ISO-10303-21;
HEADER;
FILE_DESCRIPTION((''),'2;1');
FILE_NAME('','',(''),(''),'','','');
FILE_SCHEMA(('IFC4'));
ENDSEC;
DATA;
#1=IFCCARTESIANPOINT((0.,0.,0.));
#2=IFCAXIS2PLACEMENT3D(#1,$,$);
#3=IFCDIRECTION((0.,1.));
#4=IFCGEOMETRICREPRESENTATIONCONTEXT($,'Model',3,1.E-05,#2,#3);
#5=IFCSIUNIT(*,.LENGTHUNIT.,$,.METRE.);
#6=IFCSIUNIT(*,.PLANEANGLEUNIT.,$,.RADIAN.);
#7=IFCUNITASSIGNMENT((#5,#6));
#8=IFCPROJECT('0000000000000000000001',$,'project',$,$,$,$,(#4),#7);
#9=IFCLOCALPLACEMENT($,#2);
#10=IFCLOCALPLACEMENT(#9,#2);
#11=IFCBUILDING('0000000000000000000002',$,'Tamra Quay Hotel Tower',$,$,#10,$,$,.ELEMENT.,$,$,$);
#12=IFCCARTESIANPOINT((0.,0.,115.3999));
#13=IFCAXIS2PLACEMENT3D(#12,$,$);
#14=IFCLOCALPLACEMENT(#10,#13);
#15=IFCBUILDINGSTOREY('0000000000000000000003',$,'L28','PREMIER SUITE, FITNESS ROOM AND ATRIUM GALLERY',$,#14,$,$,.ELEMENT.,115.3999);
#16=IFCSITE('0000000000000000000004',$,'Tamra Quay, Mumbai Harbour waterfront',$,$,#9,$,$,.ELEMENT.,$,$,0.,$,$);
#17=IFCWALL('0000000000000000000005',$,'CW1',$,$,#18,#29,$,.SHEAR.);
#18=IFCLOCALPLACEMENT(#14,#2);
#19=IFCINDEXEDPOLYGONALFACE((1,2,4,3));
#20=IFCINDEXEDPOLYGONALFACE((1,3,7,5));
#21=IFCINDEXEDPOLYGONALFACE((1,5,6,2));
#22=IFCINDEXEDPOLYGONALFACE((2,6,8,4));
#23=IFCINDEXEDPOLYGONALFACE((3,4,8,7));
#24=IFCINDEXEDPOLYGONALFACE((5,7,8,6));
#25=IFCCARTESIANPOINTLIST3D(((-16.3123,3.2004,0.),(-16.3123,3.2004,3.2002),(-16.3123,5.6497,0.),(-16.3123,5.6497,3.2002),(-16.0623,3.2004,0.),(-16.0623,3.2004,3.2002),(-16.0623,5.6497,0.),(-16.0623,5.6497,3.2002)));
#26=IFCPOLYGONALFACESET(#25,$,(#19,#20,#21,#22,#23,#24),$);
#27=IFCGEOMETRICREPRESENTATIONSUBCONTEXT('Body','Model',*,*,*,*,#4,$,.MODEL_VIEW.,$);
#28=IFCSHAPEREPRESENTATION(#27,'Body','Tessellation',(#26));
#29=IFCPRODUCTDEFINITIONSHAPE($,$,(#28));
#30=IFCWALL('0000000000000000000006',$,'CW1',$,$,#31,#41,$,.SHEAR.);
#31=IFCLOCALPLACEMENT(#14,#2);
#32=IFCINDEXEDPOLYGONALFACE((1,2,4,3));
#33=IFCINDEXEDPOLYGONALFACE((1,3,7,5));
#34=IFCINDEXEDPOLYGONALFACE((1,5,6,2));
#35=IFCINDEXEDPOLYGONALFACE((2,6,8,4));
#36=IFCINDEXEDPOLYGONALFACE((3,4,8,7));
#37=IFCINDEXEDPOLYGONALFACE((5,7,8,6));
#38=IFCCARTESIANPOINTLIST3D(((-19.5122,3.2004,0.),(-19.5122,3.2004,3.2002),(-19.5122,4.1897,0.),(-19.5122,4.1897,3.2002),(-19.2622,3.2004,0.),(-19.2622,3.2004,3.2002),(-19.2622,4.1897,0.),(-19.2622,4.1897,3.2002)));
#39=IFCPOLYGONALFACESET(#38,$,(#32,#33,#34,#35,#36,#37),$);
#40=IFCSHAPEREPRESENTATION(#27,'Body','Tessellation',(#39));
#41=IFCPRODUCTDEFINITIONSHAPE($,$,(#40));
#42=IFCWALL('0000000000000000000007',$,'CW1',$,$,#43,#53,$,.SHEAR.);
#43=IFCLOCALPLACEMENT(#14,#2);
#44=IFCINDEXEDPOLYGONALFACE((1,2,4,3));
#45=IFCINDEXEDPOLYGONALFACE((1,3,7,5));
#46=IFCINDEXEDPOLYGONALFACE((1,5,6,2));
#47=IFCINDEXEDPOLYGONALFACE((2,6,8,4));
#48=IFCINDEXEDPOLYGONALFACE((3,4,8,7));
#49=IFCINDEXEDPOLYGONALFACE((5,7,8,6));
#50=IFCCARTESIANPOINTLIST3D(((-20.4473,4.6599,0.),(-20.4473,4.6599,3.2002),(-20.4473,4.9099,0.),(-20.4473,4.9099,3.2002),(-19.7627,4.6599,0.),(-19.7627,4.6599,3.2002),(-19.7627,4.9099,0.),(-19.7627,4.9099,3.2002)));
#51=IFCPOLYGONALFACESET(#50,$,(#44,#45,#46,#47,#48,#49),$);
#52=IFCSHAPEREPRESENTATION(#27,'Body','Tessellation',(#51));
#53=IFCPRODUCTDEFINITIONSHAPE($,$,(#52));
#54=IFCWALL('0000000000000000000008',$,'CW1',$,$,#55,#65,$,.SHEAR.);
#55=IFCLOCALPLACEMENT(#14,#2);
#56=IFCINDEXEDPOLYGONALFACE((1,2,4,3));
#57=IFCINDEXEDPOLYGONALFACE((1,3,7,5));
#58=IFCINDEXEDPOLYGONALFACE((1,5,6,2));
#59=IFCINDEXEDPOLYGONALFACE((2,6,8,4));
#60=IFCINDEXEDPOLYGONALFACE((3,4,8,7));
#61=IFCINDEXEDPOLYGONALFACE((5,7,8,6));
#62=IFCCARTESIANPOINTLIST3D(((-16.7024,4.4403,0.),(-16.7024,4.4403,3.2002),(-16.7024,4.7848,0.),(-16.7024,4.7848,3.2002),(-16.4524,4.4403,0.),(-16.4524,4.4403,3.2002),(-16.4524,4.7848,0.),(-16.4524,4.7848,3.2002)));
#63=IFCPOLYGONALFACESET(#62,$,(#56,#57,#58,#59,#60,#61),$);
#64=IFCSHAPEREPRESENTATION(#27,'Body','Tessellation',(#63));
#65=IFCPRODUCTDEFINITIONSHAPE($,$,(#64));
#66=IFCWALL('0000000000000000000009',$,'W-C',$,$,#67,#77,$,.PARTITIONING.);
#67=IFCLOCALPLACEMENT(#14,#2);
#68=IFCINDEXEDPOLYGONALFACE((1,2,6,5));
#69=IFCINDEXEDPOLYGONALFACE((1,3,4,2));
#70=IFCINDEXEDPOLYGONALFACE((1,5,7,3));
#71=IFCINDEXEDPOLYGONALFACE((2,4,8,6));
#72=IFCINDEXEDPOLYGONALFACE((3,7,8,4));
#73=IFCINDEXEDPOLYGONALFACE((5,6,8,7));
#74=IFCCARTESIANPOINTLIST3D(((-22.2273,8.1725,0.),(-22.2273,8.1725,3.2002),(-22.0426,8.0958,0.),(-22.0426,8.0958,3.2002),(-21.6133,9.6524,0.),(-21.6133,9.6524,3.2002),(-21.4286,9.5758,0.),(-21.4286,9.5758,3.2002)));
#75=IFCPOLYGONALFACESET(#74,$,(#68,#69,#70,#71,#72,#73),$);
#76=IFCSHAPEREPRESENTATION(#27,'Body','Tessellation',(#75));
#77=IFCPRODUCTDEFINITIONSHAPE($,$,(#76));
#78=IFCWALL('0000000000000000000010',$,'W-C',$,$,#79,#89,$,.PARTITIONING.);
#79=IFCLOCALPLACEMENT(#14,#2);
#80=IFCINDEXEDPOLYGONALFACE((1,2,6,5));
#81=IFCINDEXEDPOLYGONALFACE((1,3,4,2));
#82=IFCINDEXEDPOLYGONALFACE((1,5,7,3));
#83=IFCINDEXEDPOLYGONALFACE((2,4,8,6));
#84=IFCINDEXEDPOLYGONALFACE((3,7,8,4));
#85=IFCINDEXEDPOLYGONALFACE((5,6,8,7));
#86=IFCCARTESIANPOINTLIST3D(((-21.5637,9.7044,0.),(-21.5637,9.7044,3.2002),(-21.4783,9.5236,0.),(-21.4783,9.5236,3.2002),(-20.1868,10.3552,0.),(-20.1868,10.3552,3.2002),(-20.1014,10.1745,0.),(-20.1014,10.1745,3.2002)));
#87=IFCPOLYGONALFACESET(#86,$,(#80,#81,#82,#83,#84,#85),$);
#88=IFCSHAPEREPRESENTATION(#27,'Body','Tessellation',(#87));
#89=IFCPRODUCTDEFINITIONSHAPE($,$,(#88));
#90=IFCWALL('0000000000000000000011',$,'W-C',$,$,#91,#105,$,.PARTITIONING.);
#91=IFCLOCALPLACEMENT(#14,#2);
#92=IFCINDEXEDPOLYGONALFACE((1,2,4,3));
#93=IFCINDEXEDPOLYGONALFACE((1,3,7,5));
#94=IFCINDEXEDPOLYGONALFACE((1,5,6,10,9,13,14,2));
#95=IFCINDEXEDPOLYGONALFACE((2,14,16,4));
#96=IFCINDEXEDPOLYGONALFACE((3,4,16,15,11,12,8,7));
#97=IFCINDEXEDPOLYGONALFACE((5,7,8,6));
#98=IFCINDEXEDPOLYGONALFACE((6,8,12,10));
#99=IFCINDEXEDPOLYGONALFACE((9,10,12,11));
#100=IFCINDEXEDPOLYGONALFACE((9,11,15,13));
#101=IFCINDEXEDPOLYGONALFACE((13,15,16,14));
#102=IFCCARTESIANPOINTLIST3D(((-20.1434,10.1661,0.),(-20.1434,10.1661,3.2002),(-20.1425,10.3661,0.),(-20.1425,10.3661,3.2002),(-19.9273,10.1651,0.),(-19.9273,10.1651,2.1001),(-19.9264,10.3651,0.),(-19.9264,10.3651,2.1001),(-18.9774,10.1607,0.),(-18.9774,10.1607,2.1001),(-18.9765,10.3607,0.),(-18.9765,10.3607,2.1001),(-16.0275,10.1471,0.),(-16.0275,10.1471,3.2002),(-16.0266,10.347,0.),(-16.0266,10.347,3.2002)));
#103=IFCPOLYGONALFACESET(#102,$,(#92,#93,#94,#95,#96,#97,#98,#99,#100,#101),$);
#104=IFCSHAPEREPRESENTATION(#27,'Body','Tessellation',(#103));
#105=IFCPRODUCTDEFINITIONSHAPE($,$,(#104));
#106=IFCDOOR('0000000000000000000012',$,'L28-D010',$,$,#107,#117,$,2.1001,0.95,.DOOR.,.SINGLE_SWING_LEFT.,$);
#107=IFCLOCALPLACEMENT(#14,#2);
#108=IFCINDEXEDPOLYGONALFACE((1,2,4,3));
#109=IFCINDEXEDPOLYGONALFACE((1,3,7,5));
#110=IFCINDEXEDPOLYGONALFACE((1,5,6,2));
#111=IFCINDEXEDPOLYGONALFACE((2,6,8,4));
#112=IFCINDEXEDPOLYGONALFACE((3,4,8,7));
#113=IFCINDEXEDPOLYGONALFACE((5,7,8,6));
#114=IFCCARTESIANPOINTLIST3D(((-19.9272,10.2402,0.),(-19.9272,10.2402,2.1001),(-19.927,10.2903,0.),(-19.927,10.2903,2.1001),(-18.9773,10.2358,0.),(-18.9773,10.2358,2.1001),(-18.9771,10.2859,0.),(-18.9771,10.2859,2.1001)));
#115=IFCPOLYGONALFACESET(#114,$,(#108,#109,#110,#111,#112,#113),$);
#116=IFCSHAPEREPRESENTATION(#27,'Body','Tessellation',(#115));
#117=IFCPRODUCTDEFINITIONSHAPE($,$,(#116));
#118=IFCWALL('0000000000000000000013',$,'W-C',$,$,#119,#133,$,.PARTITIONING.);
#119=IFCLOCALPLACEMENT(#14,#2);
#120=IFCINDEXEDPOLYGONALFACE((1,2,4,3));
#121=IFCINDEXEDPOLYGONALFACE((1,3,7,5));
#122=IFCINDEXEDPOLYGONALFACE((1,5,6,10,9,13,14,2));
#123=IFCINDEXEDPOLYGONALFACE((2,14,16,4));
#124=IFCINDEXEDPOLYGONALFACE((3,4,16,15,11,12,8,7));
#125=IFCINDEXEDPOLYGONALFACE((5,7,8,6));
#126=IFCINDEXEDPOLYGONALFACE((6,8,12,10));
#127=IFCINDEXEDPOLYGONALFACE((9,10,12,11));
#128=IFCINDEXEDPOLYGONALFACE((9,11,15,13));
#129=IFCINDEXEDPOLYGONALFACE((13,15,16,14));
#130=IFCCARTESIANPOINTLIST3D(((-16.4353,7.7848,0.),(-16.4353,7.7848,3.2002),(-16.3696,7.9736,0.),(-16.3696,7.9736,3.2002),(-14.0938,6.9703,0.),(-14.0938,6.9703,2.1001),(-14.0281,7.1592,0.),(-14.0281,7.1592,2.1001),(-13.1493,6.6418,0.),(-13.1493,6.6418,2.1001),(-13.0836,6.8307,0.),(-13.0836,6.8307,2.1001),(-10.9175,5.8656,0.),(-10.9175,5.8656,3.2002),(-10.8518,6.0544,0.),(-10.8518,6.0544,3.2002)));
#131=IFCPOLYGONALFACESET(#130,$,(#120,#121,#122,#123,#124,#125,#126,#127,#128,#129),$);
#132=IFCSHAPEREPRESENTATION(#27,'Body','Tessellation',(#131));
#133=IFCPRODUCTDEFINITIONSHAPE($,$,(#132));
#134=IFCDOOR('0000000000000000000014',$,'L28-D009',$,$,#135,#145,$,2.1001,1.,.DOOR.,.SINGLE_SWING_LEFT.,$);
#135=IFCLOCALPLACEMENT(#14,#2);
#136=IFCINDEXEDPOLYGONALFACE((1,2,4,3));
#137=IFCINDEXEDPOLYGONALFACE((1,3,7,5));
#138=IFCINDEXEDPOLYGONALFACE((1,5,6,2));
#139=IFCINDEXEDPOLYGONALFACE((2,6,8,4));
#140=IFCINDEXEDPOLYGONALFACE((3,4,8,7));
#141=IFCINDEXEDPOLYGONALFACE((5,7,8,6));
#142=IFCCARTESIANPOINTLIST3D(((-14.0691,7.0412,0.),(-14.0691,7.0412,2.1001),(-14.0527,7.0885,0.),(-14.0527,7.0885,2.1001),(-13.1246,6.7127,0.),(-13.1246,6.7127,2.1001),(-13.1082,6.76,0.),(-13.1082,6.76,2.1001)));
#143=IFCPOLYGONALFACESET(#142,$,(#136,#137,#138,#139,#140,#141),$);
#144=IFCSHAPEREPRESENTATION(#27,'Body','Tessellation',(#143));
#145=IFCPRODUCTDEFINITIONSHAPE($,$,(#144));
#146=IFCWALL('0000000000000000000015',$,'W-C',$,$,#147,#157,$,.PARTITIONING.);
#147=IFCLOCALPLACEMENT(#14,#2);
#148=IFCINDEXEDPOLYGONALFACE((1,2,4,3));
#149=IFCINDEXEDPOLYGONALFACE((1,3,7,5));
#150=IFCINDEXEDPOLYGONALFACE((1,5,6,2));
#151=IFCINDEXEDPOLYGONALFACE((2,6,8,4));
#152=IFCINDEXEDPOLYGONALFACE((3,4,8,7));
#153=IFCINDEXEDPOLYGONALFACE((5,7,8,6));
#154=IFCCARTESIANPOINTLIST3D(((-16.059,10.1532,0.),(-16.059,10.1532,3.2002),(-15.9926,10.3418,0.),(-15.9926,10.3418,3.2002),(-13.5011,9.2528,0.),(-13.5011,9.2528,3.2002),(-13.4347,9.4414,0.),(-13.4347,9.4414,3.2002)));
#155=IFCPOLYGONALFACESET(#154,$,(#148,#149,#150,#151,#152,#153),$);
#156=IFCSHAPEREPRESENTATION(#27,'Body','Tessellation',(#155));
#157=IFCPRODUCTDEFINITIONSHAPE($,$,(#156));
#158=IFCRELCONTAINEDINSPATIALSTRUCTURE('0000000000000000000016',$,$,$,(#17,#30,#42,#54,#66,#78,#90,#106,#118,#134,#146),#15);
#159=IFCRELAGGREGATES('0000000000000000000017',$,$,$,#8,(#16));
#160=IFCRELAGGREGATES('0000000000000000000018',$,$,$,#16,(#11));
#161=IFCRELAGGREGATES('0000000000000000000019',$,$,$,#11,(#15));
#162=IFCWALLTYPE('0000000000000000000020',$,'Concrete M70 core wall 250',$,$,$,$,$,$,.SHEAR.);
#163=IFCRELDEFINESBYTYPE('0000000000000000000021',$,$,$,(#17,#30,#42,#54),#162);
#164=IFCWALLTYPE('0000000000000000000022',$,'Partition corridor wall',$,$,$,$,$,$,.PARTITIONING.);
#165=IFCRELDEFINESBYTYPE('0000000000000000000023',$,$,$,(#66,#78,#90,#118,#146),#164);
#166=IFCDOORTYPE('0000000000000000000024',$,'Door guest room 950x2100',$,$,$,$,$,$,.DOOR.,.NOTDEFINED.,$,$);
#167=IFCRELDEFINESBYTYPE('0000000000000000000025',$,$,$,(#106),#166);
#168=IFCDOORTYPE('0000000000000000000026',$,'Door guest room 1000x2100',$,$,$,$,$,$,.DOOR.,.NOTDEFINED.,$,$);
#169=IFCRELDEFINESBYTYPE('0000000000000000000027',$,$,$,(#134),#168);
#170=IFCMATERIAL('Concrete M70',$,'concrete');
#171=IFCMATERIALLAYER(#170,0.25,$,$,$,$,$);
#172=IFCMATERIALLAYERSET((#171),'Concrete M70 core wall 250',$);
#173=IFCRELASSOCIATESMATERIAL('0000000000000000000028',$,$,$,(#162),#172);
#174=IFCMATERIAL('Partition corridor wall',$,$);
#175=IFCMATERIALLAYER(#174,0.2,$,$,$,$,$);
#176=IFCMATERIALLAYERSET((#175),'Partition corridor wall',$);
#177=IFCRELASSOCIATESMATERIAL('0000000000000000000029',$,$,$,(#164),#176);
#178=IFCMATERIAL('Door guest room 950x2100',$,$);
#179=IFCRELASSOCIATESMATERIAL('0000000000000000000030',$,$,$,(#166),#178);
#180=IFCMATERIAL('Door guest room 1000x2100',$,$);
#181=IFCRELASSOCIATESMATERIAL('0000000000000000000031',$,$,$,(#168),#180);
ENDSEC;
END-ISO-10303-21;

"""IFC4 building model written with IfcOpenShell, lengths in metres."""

from ifc_helpers import new_model, si_unit, direction, frame, frame_2d, origin, place, context, subcontext, project, spatial, rectangle, extrude, material, layer, layer_set, type_object, element, fill, save


model = new_model("IFC4")

# Units and contexts
model_context = context("Model", 3, precision=1e-05, world=origin(), true_north=direction((0.0, 1.0)))
body_context = subcontext(model_context, "Body", "Model", "MODEL_VIEW")
ifc_project = project(units=[si_unit("LENGTHUNIT", "METRE"), si_unit("PLANEANGLEUNIT", "RADIAN")], contexts=[model_context])

# Site, building, storey
site_placement = place(None, origin())
site = spatial("IfcSite", under=ifc_project, at=site_placement, Name="Tamra Quay, Mumbai Harbour waterfront", CompositionType="ELEMENT", RefElevation=0.0)
building_placement = place(site_placement, origin())
building = spatial("IfcBuilding", under=site, at=building_placement, Name="Tamra Quay Hotel Tower", CompositionType="ELEMENT")
storey_placement = place(building_placement, frame((0.0, 0.0, 115.3999)))
storey = spatial("IfcBuildingStorey", under=building, at=storey_placement, Name="L28", Description="PREMIER SUITE, FITNESS ROOM AND ATRIUM GALLERY", CompositionType="ELEMENT", Elevation=115.3999)

# Shared definitions
ifc_material_1 = material(Name="Concrete M70", Category="concrete")

# Walls
ifc_layer_1 = layer(ifc_material_1, 0.25)
ifc_layer_set_1 = layer_set([ifc_layer_1], Name="Concrete M70 core wall 250")
wall_type_1 = type_object("IfcWallType", Name="Concrete M70 core wall 250", PredefinedType="SHEAR", material=ifc_layer_set_1)
wall_1_placement = place(storey_placement, frame((-16.1873, 3.2004, 0.0), z_axis=(0.0, 0.0, 1.0), x_axis=(0.0, 1.0, 0.0)))
element("IfcWall", 1, at=wall_1_placement, inside=storey, type_object=wall_type_1, Name="CW1", PredefinedType="SHEAR", context=body_context, shape_type="SweptSolid", body=[
    extrude(rectangle(XDim=2.4492, YDim=0.25, at=frame_2d((1.2246, 0.0))), origin(), (0.0, 0.0, 1.0), 3.2002),
])
wall_2_placement = place(storey_placement, frame((-19.3872, 4.1897, 0.0), z_axis=(0.0, 0.0, 1.0), x_axis=(0.0, -1.0, 0.0)))
element("IfcWall", 2, at=wall_2_placement, inside=storey, type_object=wall_type_1, Name="CW1", PredefinedType="SHEAR", context=body_context, shape_type="SweptSolid", body=[
    extrude(rectangle(XDim=0.9893, YDim=0.25, at=frame_2d((0.4946, 0.0))), origin(), (0.0, 0.0, 1.0), 3.2002),
])
wall_3_placement = place(storey_placement, frame((-20.4473, 4.7849, 0.0), z_axis=(0.0, 0.0, 1.0), x_axis=(1.0, 0.0, 0.0)))
element("IfcWall", 3, at=wall_3_placement, inside=storey, type_object=wall_type_1, Name="CW1", PredefinedType="SHEAR", context=body_context, shape_type="SweptSolid", body=[
    extrude(rectangle(XDim=0.6846, YDim=0.25, at=frame_2d((0.3423, 0.0))), origin(), (0.0, 0.0, 1.0), 3.2002),
])
wall_4_placement = place(storey_placement, frame((-16.5774, 4.7849, 0.0), z_axis=(0.0, 0.0, 1.0), x_axis=(0.0, -1.0, 0.0)))
element("IfcWall", 4, at=wall_4_placement, inside=storey, type_object=wall_type_1, Name="CW1", PredefinedType="SHEAR", context=body_context, shape_type="SweptSolid", body=[
    extrude(rectangle(XDim=0.3445, YDim=0.25, at=frame_2d((0.1724, 0.0))), origin(), (0.0, 0.0, 1.0), 3.2002),
])
ifc_material_2 = material(Name="Partition corridor wall")
ifc_layer_2 = layer(ifc_material_2, 0.2)
ifc_layer_set_2 = layer_set([ifc_layer_2], Name="Partition corridor wall")
wall_type_2 = type_object("IfcWallType", Name="Partition corridor wall", PredefinedType="PARTITIONING", material=ifc_layer_set_2)
wall_5_placement = place(storey_placement, frame((-22.135, 8.134, 0.0), z_axis=(0.0, 0.0, 1.0), x_axis=(0.383208, 0.923662, 0.0)))
element("IfcWall", 5, at=wall_5_placement, inside=storey, type_object=wall_type_2, Name="W-C", PredefinedType="PARTITIONING", context=body_context, shape_type="SweptSolid", body=[
    extrude(rectangle(XDim=1.6023, YDim=0.2, at=frame_2d((0.8013, 0.0))), origin(), (0.0, 0.0, 1.0), 3.2002),
])
wall_6_placement = place(storey_placement, frame((-21.521, 9.614, 0.0), z_axis=(0.0, 0.0, 1.0), x_axis=(0.904084, 0.427356, 0.0)))
element("IfcWall", 6, at=wall_6_placement, inside=storey, type_object=wall_type_2, Name="W-C", PredefinedType="PARTITIONING", context=body_context, shape_type="SweptSolid", body=[
    extrude(rectangle(XDim=1.5229, YDim=0.2, at=frame_2d((0.7615, 0.0))), origin(), (0.0, 0.0, 1.0), 3.2002),
])

# Walls, openings, doors
wall_7_placement = place(storey_placement, frame((-20.1431, 10.2661, 0.0), z_axis=(0.0, 0.0, 1.0), x_axis=(0.999989, -0.004627, 0.0)))
wall_7 = element("IfcWall", 7, at=wall_7_placement, inside=storey, type_object=wall_type_2, Name="W-C", PredefinedType="PARTITIONING", context=body_context, shape_type="SweptSolid", body=[
    extrude(rectangle(XDim=4.116, YDim=0.2, at=frame_2d((2.0581, 0.0))), origin(), (0.0, 0.0, 1.0), 3.2002),
])
opening_1_placement = place(wall_7_placement, frame((0.2161, 0.0, 0.0)))
opening_1 = element("IfcOpeningElement", 8, at=opening_1_placement, cuts=wall_7, PredefinedType="OPENING", context=body_context, shape_type="SweptSolid", body=[
    extrude(rectangle(XDim=0.95, YDim=2.1001, at=frame_2d((0.4751, 1.05))), frame((0.0, 0.1099, 0.0), z_axis=(0.0, -1.0, 0.0), x_axis=(1.0, 0.0, 0.0)), (0.0, 0.0, 1.0), 0.22),
])
ifc_material_3 = material(Name="Door guest room 950x2100")
door_type_1 = type_object("IfcDoorType", Name="Door guest room 950x2100", OperationType="NOTDEFINED", PredefinedType="DOOR", material=ifc_material_3)
door_1_placement = place(opening_1_placement, frame((0.95, 0.0, 0.0), z_axis=(0.0, 0.0, 1.0), x_axis=(-1.0, 0.0, 0.0)))
door_1 = element("IfcDoor", 9, at=door_1_placement, inside=storey, type_object=door_type_1, Name="L28-D010", OperationType="SINGLE_SWING_LEFT", OverallHeight=2.1001, OverallWidth=0.95, PredefinedType="DOOR", context=body_context, shape_type="SweptSolid", body=[
    extrude(rectangle(XDim=0.95, YDim=2.1001, at=frame_2d((0.4751, 1.05))), frame((0.0, 0.0249, 0.0), z_axis=(0.0, -1.0, 0.0), x_axis=(1.0, 0.0, 0.0)), (0.0, 0.0, 1.0), 0.05),
])
fill(opening_1, door_1)
wall_8_placement = place(storey_placement, frame((-16.4023, 7.8792, 0.0), z_axis=(0.0, 0.0, 1.0), x_axis=(0.9445, -0.328513, 0.0)))
wall_8 = element("IfcWall", 10, at=wall_8_placement, inside=storey, type_object=wall_type_2, Name="W-C", PredefinedType="PARTITIONING", context=body_context, shape_type="SweptSolid", body=[
    extrude(rectangle(XDim=5.842, YDim=0.2, at=frame_2d((2.9209, 0.0))), origin(), (0.0, 0.0, 1.0), 3.2002),
])
opening_2_placement = place(wall_8_placement, frame((2.479, 0.0, 0.0)))
opening_2 = element("IfcOpeningElement", 11, at=opening_2_placement, cuts=wall_8, PredefinedType="OPENING", context=body_context, shape_type="SweptSolid", body=[
    extrude(rectangle(XDim=1.0, YDim=2.1001, at=frame_2d((0.5, 1.05))), frame((0.0, 0.1099, 0.0), z_axis=(0.0, -1.0, 0.0), x_axis=(1.0, 0.0, 0.0)), (0.0, 0.0, 1.0), 0.22),
])
ifc_material_4 = material(Name="Door guest room 1000x2100")
door_type_2 = type_object("IfcDoorType", Name="Door guest room 1000x2100", OperationType="NOTDEFINED", PredefinedType="DOOR", material=ifc_material_4)
door_2_placement = place(opening_2_placement, frame((1.0, 0.0, 0.0), z_axis=(0.0, 0.0, 1.0), x_axis=(-1.0, 0.0, 0.0)))
door_2 = element("IfcDoor", 12, at=door_2_placement, inside=storey, type_object=door_type_2, Name="L28-D009", OperationType="SINGLE_SWING_LEFT", OverallHeight=2.1001, OverallWidth=1.0, PredefinedType="DOOR", context=body_context, shape_type="SweptSolid", body=[
    extrude(rectangle(XDim=1.0, YDim=2.1001, at=frame_2d((0.5, 1.05))), frame((0.0, 0.0249, 0.0), z_axis=(0.0, -1.0, 0.0), x_axis=(1.0, 0.0, 0.0)), (0.0, 0.0, 1.0), 0.05),
])
fill(opening_2, door_2)

# Wall
wall_9_placement = place(storey_placement, frame((-16.0259, 10.2476, 0.0), z_axis=(0.0, 0.0, 1.0), x_axis=(0.943266, -0.332038, 0.0)))
element("IfcWall", 13, at=wall_9_placement, inside=storey, type_object=wall_type_2, Name="W-C", PredefinedType="PARTITIONING", context=body_context, shape_type="SweptSolid", body=[
    extrude(rectangle(XDim=2.7117, YDim=0.2, at=frame_2d((1.356, 0.0))), origin(), (0.0, 0.0, 1.0), 3.2002),
])

save(model, "model.ifc")
